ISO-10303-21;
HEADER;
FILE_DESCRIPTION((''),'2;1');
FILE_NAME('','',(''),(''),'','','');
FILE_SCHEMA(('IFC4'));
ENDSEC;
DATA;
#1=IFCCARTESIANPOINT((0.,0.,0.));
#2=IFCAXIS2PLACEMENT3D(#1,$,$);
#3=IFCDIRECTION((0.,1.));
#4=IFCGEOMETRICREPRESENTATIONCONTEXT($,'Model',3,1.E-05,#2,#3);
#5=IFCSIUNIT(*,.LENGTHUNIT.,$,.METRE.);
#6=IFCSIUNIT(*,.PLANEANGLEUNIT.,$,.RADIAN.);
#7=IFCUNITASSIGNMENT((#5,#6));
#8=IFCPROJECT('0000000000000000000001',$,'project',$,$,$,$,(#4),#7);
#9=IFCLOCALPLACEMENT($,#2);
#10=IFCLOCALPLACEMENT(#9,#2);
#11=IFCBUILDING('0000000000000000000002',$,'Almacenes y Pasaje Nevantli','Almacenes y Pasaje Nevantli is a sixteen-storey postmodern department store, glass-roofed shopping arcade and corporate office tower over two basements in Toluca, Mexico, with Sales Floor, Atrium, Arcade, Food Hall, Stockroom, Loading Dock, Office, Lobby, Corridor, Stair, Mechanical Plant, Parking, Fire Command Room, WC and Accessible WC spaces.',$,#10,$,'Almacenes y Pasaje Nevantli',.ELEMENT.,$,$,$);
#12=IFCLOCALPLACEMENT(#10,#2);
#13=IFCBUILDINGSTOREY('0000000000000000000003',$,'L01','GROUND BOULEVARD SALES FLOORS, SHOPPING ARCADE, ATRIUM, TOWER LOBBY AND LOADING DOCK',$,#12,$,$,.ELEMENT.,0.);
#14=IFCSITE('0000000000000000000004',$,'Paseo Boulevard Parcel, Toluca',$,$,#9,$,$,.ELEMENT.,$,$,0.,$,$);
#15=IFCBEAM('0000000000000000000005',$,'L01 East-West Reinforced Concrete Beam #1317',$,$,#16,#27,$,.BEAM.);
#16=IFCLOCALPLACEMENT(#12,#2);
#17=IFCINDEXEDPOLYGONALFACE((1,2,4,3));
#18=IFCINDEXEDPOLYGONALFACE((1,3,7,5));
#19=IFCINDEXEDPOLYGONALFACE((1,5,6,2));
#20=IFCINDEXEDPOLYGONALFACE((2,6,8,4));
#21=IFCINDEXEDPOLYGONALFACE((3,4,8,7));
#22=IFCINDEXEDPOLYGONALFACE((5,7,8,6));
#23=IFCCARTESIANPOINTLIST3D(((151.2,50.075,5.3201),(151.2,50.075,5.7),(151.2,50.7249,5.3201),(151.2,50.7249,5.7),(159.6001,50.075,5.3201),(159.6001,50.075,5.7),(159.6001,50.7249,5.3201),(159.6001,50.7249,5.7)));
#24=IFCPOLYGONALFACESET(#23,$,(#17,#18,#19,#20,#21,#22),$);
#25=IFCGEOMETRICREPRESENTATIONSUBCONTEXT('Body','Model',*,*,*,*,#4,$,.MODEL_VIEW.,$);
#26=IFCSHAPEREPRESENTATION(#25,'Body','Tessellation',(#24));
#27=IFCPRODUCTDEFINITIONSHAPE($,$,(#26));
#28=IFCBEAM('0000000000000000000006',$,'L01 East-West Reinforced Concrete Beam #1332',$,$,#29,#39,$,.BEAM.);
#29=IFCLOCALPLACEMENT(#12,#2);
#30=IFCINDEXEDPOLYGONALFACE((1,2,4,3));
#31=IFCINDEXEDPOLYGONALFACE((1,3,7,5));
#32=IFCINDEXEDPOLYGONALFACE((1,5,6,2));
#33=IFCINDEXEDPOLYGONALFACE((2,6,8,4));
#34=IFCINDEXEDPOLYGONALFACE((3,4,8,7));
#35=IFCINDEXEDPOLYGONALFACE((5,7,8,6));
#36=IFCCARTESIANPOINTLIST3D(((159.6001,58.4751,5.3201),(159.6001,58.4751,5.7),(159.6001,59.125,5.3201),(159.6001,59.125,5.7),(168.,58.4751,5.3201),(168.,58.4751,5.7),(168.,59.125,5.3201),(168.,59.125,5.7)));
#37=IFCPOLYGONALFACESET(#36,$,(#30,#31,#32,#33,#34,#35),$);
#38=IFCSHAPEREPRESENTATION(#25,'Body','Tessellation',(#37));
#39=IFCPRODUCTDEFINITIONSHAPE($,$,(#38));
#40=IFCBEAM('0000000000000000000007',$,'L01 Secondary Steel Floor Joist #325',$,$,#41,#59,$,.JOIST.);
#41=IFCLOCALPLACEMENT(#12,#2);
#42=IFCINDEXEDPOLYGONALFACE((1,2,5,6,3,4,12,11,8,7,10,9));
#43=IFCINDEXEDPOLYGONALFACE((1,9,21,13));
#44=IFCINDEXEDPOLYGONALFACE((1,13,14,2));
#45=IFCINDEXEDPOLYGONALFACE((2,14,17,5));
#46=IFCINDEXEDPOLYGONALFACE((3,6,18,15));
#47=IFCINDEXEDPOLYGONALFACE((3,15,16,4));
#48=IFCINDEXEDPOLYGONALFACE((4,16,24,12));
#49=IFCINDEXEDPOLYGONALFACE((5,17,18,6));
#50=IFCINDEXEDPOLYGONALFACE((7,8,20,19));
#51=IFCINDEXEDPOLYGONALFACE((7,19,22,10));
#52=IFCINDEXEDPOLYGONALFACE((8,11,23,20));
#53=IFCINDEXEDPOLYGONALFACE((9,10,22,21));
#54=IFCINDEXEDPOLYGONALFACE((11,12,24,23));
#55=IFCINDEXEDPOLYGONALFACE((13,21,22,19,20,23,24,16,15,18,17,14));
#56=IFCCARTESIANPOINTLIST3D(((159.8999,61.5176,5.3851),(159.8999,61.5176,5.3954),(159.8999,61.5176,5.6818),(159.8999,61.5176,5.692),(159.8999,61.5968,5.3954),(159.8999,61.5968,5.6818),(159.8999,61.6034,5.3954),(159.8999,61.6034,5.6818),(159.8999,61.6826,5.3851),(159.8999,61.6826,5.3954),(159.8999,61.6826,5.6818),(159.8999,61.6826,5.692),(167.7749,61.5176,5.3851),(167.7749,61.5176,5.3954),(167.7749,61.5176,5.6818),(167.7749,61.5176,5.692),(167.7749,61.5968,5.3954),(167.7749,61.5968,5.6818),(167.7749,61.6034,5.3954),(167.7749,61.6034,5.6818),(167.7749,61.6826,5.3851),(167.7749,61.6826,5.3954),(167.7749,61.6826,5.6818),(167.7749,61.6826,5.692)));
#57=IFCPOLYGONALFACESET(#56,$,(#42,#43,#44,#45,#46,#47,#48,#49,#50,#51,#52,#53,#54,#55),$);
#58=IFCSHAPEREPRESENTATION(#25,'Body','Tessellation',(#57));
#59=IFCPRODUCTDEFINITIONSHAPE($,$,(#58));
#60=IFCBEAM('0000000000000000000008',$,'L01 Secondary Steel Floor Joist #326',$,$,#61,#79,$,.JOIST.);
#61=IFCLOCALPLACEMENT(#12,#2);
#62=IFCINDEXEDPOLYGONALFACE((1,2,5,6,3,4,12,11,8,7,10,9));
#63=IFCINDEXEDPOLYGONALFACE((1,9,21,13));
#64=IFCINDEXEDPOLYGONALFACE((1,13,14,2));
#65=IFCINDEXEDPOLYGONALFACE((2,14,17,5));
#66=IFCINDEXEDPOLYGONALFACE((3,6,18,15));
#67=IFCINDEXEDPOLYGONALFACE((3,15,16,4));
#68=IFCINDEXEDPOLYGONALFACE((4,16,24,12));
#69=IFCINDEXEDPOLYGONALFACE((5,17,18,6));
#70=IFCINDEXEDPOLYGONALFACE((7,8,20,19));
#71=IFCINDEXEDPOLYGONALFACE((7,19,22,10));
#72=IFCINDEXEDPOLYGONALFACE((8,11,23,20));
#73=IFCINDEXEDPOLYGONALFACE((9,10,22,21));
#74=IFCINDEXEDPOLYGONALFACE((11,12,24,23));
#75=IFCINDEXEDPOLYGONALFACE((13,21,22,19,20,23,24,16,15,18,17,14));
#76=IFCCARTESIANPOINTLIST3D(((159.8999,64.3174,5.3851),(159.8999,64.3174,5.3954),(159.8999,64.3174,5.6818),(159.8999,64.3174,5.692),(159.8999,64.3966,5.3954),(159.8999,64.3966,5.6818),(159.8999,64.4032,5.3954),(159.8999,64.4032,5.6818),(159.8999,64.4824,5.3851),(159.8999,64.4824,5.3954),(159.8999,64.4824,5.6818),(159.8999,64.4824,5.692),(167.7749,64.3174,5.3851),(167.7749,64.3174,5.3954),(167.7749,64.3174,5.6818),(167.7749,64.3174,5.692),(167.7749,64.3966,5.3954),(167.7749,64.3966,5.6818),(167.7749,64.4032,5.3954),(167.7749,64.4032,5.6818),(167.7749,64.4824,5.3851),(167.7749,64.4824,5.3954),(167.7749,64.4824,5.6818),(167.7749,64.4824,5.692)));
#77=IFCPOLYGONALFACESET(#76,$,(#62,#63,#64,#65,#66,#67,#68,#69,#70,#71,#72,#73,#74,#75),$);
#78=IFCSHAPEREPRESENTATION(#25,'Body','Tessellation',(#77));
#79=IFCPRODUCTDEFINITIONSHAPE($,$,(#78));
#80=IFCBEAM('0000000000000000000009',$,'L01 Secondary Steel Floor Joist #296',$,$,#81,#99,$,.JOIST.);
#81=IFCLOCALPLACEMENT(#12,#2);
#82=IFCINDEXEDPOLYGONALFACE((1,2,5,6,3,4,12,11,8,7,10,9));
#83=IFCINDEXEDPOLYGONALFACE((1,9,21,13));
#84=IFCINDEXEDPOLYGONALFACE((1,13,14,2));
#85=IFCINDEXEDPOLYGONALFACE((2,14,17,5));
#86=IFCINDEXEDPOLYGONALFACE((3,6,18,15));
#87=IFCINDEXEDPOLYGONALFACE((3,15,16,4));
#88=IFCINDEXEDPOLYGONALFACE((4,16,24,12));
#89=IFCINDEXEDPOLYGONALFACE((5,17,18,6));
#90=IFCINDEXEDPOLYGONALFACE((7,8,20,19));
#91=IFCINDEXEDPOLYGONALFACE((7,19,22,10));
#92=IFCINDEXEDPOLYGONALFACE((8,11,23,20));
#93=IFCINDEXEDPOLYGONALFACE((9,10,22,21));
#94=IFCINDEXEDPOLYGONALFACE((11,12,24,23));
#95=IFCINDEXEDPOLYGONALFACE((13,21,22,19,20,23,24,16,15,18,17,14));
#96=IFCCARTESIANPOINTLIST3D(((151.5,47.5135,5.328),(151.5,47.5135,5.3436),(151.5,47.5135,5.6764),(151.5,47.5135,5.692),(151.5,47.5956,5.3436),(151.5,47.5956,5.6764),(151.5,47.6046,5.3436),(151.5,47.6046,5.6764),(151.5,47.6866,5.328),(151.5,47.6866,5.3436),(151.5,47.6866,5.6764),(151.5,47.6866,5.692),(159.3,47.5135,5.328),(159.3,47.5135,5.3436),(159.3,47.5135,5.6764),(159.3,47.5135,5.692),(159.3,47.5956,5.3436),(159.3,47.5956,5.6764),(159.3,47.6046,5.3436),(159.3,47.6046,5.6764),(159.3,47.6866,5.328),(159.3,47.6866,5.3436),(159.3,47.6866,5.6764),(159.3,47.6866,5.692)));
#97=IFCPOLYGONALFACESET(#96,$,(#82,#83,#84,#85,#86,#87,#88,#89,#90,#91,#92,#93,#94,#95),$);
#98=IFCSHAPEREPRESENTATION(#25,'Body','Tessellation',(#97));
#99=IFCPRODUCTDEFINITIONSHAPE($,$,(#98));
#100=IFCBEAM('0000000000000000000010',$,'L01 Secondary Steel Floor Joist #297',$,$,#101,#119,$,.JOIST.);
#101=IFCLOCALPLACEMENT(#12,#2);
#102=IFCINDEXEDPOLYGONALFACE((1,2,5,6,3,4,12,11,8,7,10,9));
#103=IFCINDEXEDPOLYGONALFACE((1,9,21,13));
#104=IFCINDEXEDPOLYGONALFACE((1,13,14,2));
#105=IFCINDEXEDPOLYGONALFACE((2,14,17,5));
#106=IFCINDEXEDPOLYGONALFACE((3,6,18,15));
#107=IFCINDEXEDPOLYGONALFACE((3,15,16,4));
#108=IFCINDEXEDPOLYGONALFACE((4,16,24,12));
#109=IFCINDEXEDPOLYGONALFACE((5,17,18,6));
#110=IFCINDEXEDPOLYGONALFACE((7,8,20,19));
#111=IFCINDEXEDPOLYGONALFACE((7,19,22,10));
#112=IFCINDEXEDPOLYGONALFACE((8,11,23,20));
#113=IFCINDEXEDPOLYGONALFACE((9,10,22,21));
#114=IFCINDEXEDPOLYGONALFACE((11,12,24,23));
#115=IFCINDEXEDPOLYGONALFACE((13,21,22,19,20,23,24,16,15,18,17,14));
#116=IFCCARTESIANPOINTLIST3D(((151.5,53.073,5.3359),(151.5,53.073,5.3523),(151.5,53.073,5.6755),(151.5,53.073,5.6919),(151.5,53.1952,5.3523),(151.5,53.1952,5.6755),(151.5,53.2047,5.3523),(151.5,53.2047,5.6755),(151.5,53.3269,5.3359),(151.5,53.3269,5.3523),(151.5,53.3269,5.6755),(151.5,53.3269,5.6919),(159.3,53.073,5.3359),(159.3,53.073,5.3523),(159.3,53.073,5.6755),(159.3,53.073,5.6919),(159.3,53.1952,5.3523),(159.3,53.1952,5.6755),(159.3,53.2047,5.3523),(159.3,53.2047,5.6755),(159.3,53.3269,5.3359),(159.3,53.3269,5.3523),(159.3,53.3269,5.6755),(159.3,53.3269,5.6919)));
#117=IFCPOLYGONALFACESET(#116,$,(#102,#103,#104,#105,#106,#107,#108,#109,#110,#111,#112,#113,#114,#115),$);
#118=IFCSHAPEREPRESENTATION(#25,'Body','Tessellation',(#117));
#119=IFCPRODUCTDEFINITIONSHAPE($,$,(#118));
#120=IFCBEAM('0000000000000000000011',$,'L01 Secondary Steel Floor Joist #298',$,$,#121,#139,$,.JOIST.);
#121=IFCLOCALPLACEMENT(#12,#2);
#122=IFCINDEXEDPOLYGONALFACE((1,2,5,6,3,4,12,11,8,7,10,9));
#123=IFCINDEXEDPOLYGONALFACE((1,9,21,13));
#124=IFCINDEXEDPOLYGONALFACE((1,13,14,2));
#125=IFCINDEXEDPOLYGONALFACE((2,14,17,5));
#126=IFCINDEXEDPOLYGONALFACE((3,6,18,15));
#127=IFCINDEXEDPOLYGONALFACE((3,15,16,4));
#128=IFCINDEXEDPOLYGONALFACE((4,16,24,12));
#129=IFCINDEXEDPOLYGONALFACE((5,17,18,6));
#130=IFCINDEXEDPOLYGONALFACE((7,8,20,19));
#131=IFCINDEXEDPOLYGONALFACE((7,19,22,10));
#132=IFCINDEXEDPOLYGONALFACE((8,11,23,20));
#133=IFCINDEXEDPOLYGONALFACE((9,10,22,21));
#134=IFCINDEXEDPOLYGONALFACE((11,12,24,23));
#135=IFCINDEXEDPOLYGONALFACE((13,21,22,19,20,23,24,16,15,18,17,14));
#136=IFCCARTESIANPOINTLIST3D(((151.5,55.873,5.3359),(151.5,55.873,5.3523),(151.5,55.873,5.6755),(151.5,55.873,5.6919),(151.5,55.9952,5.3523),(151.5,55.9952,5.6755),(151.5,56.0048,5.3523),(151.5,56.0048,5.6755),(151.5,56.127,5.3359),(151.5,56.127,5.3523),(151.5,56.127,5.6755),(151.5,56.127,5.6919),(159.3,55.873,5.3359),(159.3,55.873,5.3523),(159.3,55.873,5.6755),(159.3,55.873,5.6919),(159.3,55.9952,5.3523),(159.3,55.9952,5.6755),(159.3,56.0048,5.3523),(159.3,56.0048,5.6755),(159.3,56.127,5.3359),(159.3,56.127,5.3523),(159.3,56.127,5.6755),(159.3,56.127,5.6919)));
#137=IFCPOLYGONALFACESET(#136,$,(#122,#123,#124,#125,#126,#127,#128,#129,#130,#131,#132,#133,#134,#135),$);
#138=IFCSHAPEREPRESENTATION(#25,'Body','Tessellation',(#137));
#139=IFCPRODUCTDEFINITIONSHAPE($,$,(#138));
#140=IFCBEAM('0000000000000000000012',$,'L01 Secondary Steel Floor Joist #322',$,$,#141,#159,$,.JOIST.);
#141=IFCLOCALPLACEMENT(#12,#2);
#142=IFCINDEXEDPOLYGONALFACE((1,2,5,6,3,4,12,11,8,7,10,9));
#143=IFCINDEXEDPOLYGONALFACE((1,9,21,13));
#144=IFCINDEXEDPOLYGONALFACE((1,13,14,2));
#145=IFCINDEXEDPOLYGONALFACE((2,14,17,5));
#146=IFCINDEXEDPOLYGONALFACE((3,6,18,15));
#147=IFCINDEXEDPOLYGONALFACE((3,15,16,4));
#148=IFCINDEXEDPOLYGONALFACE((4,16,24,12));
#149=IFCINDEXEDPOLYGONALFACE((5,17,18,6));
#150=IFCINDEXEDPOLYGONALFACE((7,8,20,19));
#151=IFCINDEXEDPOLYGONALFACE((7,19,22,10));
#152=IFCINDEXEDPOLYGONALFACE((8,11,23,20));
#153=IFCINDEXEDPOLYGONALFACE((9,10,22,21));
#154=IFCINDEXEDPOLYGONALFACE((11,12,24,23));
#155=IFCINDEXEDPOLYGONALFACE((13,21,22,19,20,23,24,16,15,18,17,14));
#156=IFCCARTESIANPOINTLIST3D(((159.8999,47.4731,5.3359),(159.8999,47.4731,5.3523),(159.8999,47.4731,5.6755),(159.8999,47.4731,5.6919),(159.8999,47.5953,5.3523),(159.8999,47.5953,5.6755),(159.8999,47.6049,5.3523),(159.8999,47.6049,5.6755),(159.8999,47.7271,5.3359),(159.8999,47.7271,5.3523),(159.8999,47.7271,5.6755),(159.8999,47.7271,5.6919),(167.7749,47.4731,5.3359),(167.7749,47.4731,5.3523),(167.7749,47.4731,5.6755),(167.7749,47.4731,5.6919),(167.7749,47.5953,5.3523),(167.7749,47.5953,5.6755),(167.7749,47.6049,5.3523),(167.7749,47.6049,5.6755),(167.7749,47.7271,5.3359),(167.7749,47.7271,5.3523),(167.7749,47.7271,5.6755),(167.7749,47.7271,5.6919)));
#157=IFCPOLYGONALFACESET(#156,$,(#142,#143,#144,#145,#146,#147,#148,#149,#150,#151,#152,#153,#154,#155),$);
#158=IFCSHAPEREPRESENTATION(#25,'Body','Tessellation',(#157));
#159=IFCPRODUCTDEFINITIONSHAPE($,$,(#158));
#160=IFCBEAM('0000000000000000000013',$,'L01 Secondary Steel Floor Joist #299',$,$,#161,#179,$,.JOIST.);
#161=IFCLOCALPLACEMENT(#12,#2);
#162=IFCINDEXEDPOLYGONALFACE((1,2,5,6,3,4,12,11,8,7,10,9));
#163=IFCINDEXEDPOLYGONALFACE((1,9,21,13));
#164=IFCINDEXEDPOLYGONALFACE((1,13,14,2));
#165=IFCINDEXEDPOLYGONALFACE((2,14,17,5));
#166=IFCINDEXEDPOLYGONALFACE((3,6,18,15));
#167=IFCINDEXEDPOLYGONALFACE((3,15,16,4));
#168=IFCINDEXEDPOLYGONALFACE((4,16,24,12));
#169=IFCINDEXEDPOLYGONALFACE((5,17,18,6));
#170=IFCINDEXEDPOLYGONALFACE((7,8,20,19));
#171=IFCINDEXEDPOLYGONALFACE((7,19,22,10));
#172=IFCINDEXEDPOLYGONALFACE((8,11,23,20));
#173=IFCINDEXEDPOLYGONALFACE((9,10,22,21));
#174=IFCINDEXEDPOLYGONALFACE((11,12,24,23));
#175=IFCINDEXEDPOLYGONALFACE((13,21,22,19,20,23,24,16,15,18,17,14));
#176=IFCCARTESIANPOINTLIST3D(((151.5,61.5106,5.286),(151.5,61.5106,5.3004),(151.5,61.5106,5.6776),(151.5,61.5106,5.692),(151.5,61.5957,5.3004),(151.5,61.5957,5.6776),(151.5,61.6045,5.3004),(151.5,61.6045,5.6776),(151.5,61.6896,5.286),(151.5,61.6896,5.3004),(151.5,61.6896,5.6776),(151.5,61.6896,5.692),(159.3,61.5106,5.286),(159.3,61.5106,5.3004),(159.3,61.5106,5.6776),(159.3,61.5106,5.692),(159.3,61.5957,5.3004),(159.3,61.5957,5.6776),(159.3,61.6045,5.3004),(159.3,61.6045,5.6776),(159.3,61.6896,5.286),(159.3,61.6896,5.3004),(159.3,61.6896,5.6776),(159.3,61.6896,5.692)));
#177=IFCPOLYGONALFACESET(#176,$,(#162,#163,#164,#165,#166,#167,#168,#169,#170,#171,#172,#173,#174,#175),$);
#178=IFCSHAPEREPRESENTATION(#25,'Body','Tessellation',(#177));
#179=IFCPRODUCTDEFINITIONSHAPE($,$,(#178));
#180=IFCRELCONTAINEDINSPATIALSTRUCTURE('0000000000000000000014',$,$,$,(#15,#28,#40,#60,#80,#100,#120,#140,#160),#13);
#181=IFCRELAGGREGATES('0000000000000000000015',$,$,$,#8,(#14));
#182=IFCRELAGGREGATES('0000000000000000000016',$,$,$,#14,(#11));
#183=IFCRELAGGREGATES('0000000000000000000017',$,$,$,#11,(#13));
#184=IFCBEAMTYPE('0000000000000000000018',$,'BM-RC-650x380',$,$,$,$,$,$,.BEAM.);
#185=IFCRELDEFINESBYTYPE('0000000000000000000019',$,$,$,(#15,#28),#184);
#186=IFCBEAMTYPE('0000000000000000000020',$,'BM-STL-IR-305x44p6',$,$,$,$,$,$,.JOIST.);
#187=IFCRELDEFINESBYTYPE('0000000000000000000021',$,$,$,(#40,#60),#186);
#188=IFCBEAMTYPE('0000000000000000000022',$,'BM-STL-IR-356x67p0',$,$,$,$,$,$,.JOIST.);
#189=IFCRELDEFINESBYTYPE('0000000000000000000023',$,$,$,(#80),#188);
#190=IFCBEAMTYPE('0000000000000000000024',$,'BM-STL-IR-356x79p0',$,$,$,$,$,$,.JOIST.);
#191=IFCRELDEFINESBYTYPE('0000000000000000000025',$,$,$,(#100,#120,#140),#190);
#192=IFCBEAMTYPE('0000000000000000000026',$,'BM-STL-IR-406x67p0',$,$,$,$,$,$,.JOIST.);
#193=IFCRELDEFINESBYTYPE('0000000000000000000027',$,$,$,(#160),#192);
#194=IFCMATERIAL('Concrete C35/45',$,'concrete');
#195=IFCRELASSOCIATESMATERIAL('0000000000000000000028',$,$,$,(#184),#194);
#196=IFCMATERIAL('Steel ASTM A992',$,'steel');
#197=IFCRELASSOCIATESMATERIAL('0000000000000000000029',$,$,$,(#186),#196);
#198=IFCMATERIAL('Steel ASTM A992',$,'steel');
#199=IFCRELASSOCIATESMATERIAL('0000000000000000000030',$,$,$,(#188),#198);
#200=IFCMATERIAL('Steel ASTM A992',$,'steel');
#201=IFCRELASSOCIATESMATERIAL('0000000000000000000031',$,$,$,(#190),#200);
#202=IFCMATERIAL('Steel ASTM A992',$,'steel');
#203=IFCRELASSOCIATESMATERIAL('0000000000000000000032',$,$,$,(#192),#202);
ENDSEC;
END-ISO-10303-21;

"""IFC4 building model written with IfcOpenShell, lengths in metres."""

from ifc_helpers import new_model, si_unit, direction, frame, origin, origin_2d, place, context, subcontext, project, spatial, rectangle, i_section, extrude, material, material_profile, profile_set, type_object, element, save


model = new_model("IFC4")

# Units and contexts
model_context = context("Model", 3, precision=1e-05, world=origin(), true_north=direction((0.0, 1.0)))
body_context = subcontext(model_context, "Body", "Model", "MODEL_VIEW")
ifc_project = project(units=[si_unit("LENGTHUNIT", "METRE"), si_unit("PLANEANGLEUNIT", "RADIAN")], contexts=[model_context])

# Site, building, storey
site_placement = place(None, origin())
site = spatial("IfcSite", under=ifc_project, at=site_placement, Name="Paseo Boulevard Parcel, Toluca", CompositionType="ELEMENT", RefElevation=0.0)
building_placement = place(site_placement, origin())
building = spatial("IfcBuilding", under=site, at=building_placement, Name="Almacenes y Pasaje Nevantli", Description="Almacenes y Pasaje Nevantli is a sixteen-storey postmodern department store, glass-roofed shopping arcade and corporate office tower over two basements in Toluca, Mexico, with Sales Floor, Atrium, Arcade, Food Hall, Stockroom, Loading Dock, Office, Lobby, Corridor, Stair, Mechanical Plant, Parking, Fire Command Room, WC and Accessible WC spaces.", LongName="Almacenes y Pasaje Nevantli", CompositionType="ELEMENT")
storey_placement = place(building_placement, origin())
storey = spatial("IfcBuildingStorey", under=building, at=storey_placement, Name="L01", Description="GROUND BOULEVARD SALES FLOORS, SHOPPING ARCADE, ATRIUM, TOWER LOBBY AND LOADING DOCK", CompositionType="ELEMENT", Elevation=0.0)

# Beams
ifc_material_1 = material(Name="Concrete C35/45", Category="concrete")
ifc_material_profile_1 = material_profile(ifc_material_1, rectangle(XDim=0.6499, YDim=0.3799, at=origin_2d()), Name="RC-BM-650x380")
ifc_profile_set_1 = profile_set([ifc_material_profile_1], Name="Concrete C35/45")
beam_type_1 = type_object("IfcBeamType", Name="BM-RC-650x380", PredefinedType="BEAM", material=ifc_profile_set_1)
beam_1_placement = place(storey_placement, frame((151.2, 50.3999, 5.51), z_axis=(1.0, 0.0, 0.0), x_axis=(0.0, 1.0, 0.0)))
element("IfcBeam", 1, at=beam_1_placement, inside=storey, type_object=beam_type_1, Name="L01 East-West Reinforced Concrete Beam #1317", PredefinedType="BEAM", context=body_context, shape_type="SweptSolid", body=[
    extrude(rectangle(XDim=0.6499, YDim=0.3799, at=origin_2d()), origin(), (0.0, 0.0, 1.0), 8.4001),
])
beam_2_placement = place(storey_placement, frame((159.6001, 58.8, 5.51), z_axis=(1.0, 0.0, 0.0), x_axis=(0.0, 1.0, 0.0)))
element("IfcBeam", 2, at=beam_2_placement, inside=storey, type_object=beam_type_1, Name="L01 East-West Reinforced Concrete Beam #1332", PredefinedType="BEAM", context=body_context, shape_type="SweptSolid", body=[
    extrude(rectangle(XDim=0.6499, YDim=0.3799, at=origin_2d()), origin(), (0.0, 0.0, 1.0), 8.3999),
])
ifc_material_2 = material(Name="Steel ASTM A992", Category="steel")
ifc_material_profile_2 = material_profile(ifc_material_2, i_section(OverallWidth=0.165, OverallDepth=0.3069, WebThickness=0.0066, FlangeThickness=0.0103, at=origin_2d()), Name="IR 305x44.6")
ifc_profile_set_2 = profile_set([ifc_material_profile_2], Name="Steel ASTM A992")
beam_type_2 = type_object("IfcBeamType", Name="BM-STL-IR-305x44p6", PredefinedType="JOIST", material=ifc_profile_set_2)
for number, where, z_axis, x_axis, name in (
    (3, (159.8999, 61.6001, 5.5386), (1.0, 0.0, 0.0), (0.0, 1.0, 0.0), "L01 Secondary Steel Floor Joist #325"),
    (4, (159.8999, 64.3999, 5.5386), (1.0, 0.0, 0.0), (0.0, 1.0, 0.0), "L01 Secondary Steel Floor Joist #326"),
):
    element("IfcBeam", number, at=place(storey_placement, frame(where, z_axis=z_axis, x_axis=x_axis)), inside=storey, type_object=beam_type_2, Name=name, PredefinedType="JOIST", context=body_context, shape_type="SweptSolid", body=[
        extrude(i_section(OverallWidth=0.165, OverallDepth=0.3069, WebThickness=0.0066, FlangeThickness=0.0103, at=origin_2d()), origin(), (0.0, 0.0, 1.0), 7.875),
    ])
ifc_material_3 = material(Name="Steel ASTM A992", Category="steel")
ifc_material_profile_3 = material_profile(ifc_material_3, i_section(OverallWidth=0.1731, OverallDepth=0.364, WebThickness=0.009, FlangeThickness=0.0156, at=origin_2d()), Name="IR 356x67.0")
ifc_profile_set_3 = profile_set([ifc_material_profile_3], Name="Steel ASTM A992")
beam_type_3 = type_object("IfcBeamType", Name="BM-STL-IR-356x67p0", PredefinedType="JOIST", material=ifc_profile_set_3)
beam_3_placement = place(storey_placement, frame((151.5, 47.6001, 5.51), z_axis=(1.0, 0.0, 0.0), x_axis=(0.0, 1.0, 0.0)))
element("IfcBeam", 5, at=beam_3_placement, inside=storey, type_object=beam_type_3, Name="L01 Secondary Steel Floor Joist #296", PredefinedType="JOIST", context=body_context, shape_type="SweptSolid", body=[
    extrude(i_section(OverallWidth=0.1731, OverallDepth=0.364, WebThickness=0.009, FlangeThickness=0.0156, at=origin_2d()), origin(), (0.0, 0.0, 1.0), 7.8),
])
ifc_material_4 = material(Name="Steel ASTM A992", Category="steel")
ifc_material_profile_4 = material_profile(ifc_material_4, i_section(OverallWidth=0.2539, OverallDepth=0.356, WebThickness=0.0095, FlangeThickness=0.0164, at=origin_2d()), Name="IR 356x79.0")
ifc_profile_set_4 = profile_set([ifc_material_profile_4], Name="Steel ASTM A992")
beam_type_4 = type_object("IfcBeamType", Name="BM-STL-IR-356x79p0", PredefinedType="JOIST", material=ifc_profile_set_4)
for number, where, z_axis, x_axis, name in (
    (6, (151.5, 53.2, 5.5139), (1.0, 0.0, 0.0), (0.0, 1.0, 0.0), "L01 Secondary Steel Floor Joist #297"),
    (7, (151.5, 56.0, 5.5139), (1.0, 0.0, 0.0), (0.0, 1.0, 0.0), "L01 Secondary Steel Floor Joist #298"),
):
    element("IfcBeam", number, at=place(storey_placement, frame(where, z_axis=z_axis, x_axis=x_axis)), inside=storey, type_object=beam_type_4, Name=name, PredefinedType="JOIST", context=body_context, shape_type="SweptSolid", body=[
        extrude(i_section(OverallWidth=0.2539, OverallDepth=0.356, WebThickness=0.0095, FlangeThickness=0.0164, at=origin_2d()), origin(), (0.0, 0.0, 1.0), 7.8),
    ])
beam_4_placement = place(storey_placement, frame((159.8999, 47.6001, 5.5139), z_axis=(1.0, 0.0, 0.0), x_axis=(0.0, 1.0, 0.0)))
element("IfcBeam", 8, at=beam_4_placement, inside=storey, type_object=beam_type_4, Name="L01 Secondary Steel Floor Joist #322", PredefinedType="JOIST", context=body_context, shape_type="SweptSolid", body=[
    extrude(i_section(OverallWidth=0.2539, OverallDepth=0.356, WebThickness=0.0095, FlangeThickness=0.0164, at=origin_2d()), origin(), (0.0, 0.0, 1.0), 7.875),
])
ifc_material_5 = material(Name="Steel ASTM A992", Category="steel")
ifc_material_profile_5 = material_profile(ifc_material_5, i_section(OverallWidth=0.179, OverallDepth=0.406, WebThickness=0.0088, FlangeThickness=0.0144, at=origin_2d()), Name="IR 406x67.0")
ifc_profile_set_5 = profile_set([ifc_material_profile_5], Name="Steel ASTM A992")
beam_type_5 = type_object("IfcBeamType", Name="BM-STL-IR-406x67p0", PredefinedType="JOIST", material=ifc_profile_set_5)
for number, where, z_axis, x_axis, name in (
    (9, (151.5, 61.6001, 5.489), (1.0, 0.0, 0.0), (0.0, 1.0, 0.0), "L01 Secondary Steel Floor Joist #299"),
):
    element("IfcBeam", number, at=place(storey_placement, frame(where, z_axis=z_axis, x_axis=x_axis)), inside=storey, type_object=beam_type_5, Name=name, PredefinedType="JOIST", context=body_context, shape_type="SweptSolid", body=[
        extrude(i_section(OverallWidth=0.179, OverallDepth=0.406, WebThickness=0.0088, FlangeThickness=0.0144, at=origin_2d()), origin(), (0.0, 0.0, 1.0), 7.8),
    ])

save(model, "model.ifc")
